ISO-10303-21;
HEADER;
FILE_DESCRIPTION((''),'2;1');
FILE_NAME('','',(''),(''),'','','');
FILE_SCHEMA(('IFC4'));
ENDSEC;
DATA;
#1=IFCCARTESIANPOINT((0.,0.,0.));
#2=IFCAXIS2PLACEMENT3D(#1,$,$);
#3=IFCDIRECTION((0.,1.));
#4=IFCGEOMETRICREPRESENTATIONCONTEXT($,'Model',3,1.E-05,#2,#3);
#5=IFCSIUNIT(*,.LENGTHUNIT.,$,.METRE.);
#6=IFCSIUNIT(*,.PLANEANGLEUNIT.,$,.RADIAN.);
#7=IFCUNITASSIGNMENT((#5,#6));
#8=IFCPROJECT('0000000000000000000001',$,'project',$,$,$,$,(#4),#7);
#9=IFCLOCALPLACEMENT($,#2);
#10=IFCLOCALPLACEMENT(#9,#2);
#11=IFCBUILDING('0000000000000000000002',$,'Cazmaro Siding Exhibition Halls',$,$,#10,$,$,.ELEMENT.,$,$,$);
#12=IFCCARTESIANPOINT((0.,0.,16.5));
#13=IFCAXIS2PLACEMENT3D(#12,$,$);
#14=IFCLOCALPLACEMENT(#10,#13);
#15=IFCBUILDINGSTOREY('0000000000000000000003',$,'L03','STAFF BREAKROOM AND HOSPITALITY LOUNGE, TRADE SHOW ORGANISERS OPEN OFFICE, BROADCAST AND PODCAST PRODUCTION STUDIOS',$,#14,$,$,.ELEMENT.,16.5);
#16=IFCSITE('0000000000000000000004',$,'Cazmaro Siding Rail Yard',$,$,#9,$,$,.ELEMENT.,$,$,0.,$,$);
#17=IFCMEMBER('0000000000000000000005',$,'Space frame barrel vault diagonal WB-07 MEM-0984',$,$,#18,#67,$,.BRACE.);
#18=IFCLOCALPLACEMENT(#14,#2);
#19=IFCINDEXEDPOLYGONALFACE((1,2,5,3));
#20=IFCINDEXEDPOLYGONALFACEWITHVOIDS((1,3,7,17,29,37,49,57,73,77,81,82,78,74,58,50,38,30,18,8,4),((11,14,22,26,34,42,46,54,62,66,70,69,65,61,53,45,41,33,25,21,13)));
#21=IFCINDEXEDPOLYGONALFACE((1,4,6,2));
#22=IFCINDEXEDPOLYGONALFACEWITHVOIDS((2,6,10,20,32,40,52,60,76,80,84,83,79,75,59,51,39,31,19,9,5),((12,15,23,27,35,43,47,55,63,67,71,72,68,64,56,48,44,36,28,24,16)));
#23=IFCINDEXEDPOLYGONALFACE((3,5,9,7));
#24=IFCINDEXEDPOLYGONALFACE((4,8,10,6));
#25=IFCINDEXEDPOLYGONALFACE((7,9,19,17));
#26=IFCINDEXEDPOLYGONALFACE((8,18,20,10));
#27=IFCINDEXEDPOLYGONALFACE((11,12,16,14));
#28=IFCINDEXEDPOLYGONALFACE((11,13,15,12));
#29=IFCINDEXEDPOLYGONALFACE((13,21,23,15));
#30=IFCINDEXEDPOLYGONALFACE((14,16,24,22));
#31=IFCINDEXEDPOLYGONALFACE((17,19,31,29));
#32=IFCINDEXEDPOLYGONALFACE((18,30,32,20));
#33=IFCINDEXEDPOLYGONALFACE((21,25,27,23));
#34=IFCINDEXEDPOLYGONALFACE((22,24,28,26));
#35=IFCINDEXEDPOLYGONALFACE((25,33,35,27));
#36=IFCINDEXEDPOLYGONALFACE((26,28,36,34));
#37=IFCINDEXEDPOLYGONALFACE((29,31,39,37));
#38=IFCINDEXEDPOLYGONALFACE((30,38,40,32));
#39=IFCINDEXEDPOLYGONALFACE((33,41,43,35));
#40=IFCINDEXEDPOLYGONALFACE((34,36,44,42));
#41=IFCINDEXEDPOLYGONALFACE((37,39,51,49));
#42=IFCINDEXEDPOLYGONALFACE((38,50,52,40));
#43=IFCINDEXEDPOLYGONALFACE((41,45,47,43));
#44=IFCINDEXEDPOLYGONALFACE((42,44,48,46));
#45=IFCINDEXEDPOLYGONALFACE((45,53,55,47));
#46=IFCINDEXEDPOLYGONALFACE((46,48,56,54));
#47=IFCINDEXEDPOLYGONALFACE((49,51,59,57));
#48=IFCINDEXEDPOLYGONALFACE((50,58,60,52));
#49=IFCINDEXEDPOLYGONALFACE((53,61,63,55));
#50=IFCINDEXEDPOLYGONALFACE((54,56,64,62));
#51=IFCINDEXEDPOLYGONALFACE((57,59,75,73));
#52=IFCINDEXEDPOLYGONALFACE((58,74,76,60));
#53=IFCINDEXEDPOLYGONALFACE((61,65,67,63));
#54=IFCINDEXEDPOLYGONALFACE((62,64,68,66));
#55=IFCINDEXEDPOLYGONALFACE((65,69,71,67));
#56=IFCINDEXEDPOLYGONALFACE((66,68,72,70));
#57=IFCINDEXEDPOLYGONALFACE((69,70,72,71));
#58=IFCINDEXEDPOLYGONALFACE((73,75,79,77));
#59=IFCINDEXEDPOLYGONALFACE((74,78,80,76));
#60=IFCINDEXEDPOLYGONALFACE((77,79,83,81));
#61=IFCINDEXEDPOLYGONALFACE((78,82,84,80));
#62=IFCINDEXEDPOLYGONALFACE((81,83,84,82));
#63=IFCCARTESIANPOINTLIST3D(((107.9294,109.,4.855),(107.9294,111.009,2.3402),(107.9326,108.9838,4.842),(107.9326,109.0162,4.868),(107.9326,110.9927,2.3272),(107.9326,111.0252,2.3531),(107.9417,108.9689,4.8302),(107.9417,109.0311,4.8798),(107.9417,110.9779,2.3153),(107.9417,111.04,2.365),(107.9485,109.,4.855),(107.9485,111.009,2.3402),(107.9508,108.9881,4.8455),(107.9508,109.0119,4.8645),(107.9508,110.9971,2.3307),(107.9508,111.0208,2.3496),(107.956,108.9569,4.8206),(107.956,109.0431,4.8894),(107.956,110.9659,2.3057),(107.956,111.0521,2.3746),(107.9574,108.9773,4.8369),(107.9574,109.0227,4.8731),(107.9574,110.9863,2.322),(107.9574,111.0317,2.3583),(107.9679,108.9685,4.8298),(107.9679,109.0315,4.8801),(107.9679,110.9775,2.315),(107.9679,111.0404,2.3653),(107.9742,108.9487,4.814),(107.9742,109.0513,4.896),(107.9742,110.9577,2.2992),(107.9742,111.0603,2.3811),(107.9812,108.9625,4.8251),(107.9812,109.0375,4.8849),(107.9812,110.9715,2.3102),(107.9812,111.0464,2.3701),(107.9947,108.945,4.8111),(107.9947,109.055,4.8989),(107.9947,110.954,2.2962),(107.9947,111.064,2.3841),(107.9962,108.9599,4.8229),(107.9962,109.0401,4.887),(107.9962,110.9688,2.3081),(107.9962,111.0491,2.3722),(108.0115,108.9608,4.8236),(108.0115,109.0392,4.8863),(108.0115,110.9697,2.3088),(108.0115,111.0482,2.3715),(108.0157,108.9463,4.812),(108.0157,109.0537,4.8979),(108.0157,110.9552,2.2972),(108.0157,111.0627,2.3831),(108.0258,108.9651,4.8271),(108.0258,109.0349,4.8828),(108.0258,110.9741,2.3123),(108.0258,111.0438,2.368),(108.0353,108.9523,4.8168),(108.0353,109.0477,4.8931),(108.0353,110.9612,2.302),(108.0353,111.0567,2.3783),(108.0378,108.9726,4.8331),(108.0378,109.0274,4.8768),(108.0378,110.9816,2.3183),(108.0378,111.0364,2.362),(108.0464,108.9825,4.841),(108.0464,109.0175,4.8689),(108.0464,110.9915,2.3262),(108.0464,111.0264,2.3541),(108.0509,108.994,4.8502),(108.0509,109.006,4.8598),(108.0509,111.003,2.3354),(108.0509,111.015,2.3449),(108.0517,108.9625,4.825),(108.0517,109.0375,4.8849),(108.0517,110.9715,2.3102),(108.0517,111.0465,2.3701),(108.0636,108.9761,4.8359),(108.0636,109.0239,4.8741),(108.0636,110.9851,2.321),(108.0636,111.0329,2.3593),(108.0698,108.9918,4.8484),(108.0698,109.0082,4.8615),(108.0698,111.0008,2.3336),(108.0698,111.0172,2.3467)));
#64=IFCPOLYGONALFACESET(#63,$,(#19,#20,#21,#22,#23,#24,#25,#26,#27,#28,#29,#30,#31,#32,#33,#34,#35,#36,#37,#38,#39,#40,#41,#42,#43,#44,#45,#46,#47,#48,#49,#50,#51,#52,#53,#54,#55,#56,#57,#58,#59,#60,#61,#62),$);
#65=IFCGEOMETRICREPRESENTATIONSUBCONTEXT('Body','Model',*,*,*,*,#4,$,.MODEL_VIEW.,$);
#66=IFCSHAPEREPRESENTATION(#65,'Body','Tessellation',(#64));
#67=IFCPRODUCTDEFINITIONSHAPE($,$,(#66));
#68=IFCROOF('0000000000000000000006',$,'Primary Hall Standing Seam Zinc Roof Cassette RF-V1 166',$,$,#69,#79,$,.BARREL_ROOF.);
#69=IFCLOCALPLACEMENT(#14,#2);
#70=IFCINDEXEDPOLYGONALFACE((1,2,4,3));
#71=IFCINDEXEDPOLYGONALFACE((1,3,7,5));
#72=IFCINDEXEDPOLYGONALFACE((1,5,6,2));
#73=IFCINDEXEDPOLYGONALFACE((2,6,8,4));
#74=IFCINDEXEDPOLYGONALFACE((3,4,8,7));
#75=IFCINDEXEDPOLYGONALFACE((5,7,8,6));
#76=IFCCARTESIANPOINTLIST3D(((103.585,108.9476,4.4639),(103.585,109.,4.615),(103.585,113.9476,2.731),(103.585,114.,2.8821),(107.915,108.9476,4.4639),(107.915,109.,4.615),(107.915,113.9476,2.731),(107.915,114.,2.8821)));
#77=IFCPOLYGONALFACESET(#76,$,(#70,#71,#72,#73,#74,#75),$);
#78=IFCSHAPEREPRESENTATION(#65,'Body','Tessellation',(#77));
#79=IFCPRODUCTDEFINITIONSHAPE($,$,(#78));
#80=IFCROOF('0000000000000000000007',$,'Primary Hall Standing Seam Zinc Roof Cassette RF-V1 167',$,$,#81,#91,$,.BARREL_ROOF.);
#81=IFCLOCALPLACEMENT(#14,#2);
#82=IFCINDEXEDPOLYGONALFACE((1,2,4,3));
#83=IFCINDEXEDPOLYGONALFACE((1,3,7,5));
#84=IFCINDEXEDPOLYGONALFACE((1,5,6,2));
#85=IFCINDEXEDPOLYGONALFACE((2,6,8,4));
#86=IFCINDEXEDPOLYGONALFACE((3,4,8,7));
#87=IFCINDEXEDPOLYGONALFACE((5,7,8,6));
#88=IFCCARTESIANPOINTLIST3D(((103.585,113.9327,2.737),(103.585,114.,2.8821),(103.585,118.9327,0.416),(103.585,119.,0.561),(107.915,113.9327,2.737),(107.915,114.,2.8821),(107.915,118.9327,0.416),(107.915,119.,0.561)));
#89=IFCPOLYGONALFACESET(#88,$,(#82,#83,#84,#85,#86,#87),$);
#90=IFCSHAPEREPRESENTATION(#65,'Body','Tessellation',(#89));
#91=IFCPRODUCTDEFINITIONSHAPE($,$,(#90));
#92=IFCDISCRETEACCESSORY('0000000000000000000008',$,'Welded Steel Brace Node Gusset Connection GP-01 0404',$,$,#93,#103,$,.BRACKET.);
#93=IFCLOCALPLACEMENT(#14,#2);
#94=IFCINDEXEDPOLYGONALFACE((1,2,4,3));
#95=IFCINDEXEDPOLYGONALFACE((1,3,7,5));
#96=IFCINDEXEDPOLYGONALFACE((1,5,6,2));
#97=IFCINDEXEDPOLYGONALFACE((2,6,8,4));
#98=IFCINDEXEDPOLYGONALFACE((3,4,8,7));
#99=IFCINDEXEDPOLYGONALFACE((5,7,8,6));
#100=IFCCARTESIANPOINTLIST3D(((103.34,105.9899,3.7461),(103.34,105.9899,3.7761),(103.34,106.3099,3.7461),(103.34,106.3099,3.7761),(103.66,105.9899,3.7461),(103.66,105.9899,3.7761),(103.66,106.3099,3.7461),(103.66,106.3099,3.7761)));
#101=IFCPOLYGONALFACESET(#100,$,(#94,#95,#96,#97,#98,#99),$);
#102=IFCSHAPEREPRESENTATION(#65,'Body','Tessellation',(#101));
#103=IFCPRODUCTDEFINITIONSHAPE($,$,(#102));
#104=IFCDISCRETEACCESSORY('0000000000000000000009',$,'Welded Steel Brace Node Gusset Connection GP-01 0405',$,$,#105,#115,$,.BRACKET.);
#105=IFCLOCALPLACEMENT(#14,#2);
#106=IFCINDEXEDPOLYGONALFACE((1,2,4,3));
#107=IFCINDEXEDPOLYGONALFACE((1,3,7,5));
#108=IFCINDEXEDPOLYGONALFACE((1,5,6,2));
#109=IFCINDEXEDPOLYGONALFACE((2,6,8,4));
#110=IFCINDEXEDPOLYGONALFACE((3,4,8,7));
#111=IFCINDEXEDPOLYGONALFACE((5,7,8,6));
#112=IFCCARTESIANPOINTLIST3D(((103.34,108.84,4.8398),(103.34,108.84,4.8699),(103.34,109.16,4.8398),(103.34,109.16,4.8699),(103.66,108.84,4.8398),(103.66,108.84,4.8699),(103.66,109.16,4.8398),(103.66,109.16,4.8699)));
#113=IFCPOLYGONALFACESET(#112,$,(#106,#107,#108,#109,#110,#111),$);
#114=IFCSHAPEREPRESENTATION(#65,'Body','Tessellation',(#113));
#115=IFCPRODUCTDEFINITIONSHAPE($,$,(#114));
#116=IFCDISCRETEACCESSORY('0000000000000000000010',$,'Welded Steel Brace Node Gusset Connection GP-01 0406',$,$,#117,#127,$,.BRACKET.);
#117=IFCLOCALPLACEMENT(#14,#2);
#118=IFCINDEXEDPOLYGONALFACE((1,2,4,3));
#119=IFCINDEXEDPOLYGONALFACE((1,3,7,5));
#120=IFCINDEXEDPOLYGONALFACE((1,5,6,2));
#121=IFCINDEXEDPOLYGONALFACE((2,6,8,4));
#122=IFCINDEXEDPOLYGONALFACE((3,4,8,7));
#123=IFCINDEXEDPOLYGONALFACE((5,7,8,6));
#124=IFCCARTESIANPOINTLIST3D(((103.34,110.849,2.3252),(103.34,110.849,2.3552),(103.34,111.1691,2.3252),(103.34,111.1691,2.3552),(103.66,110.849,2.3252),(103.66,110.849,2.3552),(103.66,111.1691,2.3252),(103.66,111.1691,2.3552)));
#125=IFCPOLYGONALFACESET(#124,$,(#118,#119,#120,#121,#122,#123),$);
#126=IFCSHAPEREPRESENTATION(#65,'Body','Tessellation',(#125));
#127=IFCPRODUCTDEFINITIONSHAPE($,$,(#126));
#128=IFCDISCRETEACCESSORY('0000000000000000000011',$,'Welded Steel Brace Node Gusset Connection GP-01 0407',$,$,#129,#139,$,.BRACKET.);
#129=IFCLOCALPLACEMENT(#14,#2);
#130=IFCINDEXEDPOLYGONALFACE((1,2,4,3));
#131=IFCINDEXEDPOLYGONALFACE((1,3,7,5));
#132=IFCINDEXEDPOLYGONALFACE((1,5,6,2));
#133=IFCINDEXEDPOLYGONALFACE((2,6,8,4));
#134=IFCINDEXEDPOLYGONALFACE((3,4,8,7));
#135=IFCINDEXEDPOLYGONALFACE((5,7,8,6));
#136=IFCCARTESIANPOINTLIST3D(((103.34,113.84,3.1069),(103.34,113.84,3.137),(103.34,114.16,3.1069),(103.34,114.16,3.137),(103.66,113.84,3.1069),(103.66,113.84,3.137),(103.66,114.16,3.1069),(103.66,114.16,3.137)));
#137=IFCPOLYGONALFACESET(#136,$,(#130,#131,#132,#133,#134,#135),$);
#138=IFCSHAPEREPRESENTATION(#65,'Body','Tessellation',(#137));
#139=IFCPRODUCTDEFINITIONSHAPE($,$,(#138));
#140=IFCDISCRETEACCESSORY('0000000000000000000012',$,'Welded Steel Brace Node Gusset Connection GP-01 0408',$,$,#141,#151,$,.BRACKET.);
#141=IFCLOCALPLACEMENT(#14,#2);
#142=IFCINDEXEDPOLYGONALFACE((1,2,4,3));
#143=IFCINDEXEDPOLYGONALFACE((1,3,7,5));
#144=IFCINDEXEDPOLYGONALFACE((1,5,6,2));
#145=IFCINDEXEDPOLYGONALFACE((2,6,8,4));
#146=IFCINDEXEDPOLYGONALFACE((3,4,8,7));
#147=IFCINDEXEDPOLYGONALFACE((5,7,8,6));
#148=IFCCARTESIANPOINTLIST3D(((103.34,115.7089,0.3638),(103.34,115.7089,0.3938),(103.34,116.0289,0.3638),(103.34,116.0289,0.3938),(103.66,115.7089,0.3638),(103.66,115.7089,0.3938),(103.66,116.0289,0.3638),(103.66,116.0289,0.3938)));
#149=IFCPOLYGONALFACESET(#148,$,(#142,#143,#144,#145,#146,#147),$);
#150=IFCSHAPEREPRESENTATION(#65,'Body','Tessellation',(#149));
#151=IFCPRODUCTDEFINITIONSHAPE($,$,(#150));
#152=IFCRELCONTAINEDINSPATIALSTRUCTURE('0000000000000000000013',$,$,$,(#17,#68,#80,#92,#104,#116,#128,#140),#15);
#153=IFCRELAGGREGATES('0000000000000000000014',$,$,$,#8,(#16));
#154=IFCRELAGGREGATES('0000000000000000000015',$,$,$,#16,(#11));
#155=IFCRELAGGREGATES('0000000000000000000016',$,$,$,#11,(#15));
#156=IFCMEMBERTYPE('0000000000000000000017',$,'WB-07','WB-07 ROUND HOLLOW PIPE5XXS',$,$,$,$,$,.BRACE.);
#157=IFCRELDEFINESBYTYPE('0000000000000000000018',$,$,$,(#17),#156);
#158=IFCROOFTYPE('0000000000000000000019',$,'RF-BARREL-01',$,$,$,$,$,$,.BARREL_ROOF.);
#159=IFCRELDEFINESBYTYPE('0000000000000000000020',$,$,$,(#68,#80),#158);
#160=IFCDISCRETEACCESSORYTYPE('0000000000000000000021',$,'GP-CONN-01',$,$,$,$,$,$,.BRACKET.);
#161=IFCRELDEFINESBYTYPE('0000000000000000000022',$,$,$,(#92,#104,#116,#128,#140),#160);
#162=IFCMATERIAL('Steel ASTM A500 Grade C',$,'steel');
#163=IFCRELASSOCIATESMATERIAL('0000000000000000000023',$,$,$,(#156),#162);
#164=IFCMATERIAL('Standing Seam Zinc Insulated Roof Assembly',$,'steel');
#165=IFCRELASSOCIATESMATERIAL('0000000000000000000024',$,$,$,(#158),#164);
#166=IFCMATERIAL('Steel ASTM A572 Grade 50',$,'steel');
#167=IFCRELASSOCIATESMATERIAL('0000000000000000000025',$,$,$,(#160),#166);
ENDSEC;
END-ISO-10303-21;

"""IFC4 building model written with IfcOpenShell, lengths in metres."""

from ifc_helpers import new_model, si_unit, direction, frame, origin, origin_2d, place, context, subcontext, project, spatial, polyline, rectangle, hollow_circle, outline, extrude, material, material_profile, profile_set, type_object, element, save


model = new_model("IFC4")

# Units and contexts
model_context = context("Model", 3, precision=1e-05, world=origin(), true_north=direction((0.0, 1.0)))
body_context = subcontext(model_context, "Body", "Model", "MODEL_VIEW")
ifc_project = project(units=[si_unit("LENGTHUNIT", "METRE"), si_unit("PLANEANGLEUNIT", "RADIAN")], contexts=[model_context])

# Site, building, storey
site_placement = place(None, origin())
site = spatial("IfcSite", under=ifc_project, at=site_placement, Name="Cazmaro Siding Rail Yard", CompositionType="ELEMENT", RefElevation=0.0)
building_placement = place(site_placement, origin())
building = spatial("IfcBuilding", under=site, at=building_placement, Name="Cazmaro Siding Exhibition Halls", CompositionType="ELEMENT")
storey_placement = place(building_placement, frame((0.0, 0.0, 16.5)))
storey = spatial("IfcBuildingStorey", under=building, at=storey_placement, Name="L03", Description="STAFF BREAKROOM AND HOSPITALITY LOUNGE, TRADE SHOW ORGANISERS OPEN OFFICE, BROADCAST AND PODCAST PRODUCTION STUDIOS", CompositionType="ELEMENT", Elevation=16.5)

# Member
ifc_material_1 = material(Name="Steel ASTM A500 Grade C", Category="steel")
ifc_material_profile_1 = material_profile(ifc_material_1, hollow_circle(Radius=0.0706, WallThickness=0.019, at=origin_2d()), Name="PIPE5XXS")
ifc_profile_set_1 = profile_set([ifc_material_profile_1], Name="Steel ASTM A500 Grade C")
member_type_1 = type_object("IfcMemberType", Name="WB-07", Description="WB-07 ROUND HOLLOW PIPE5XXS", PredefinedType="BRACE", material=ifc_profile_set_1)
member_1_placement = place(storey_placement, frame((108.0, 109.0, 4.855), z_axis=(0.0, 0.624149, -0.781305), x_axis=(-1.0, 0.0, 0.0)))
element("IfcMember", 1, at=member_1_placement, inside=storey, type_object=member_type_1, Name="Space frame barrel vault diagonal WB-07 MEM-0984", PredefinedType="BRACE", context=body_context, shape_type="SweptSolid", body=[
    extrude(hollow_circle(Radius=0.0706, WallThickness=0.019, at=origin_2d()), origin(), (0.0, 0.0, 1.0), 3.2188),
])

# Roofs
ifc_material_2 = material(Name="Standing Seam Zinc Insulated Roof Assembly", Category="steel")
roof_type = type_object("IfcRoofType", Name="RF-BARREL-01", PredefinedType="BARREL_ROOF", material=ifc_material_2)
roof_1_placement = place(storey_placement, frame((103.585, 109.0, 4.615), z_axis=(0.0, 0.327472, 0.944861), x_axis=(1.0, 0.0, 0.0)))
element("IfcRoof", 2, at=roof_1_placement, inside=storey, type_object=roof_type, Name="Primary Hall Standing Seam Zinc Roof Cassette RF-V1 166", PredefinedType="BARREL_ROOF", context=body_context, shape_type="SweptSolid", body=[
    extrude(outline(polyline([(0.0, 0.0), (4.3301, 0.0), (4.3301, 5.2918), (0.0, 5.2918), (0.0, 0.0)])), origin(), (0.0, 0.0, -1.0), 0.1599),
])
roof_2_placement = place(storey_placement, frame((103.585, 114.0, 2.8821), z_axis=(0.0, 0.421054, 0.907036), x_axis=(1.0, 0.0, 0.0)))
element("IfcRoof", 3, at=roof_2_placement, inside=storey, type_object=roof_type, Name="Primary Hall Standing Seam Zinc Roof Cassette RF-V1 167", PredefinedType="BARREL_ROOF", context=body_context, shape_type="SweptSolid", body=[
    extrude(outline(polyline([(0.0, 0.0), (4.3301, 0.0), (4.3301, 5.5125), (0.0, 5.5125), (0.0, 0.0)])), origin(), (0.0, 0.0, -1.0), 0.1599),
])

# Discrete accessories
ifc_material_3 = material(Name="Steel ASTM A572 Grade 50", Category="steel")
discrete_accessory_type = type_object("IfcDiscreteAccessoryType", Name="GP-CONN-01", PredefinedType="BRACKET", material=ifc_material_3)
for number, where, z_axis, x_axis, name in (
    (4, (103.5, 106.1499, 3.7461), (0.0, 0.0, 1.0), (1.0, 0.0, 0.0), "Welded Steel Brace Node Gusset Connection GP-01 0404"),
    (5, (103.5, 109.0, 4.8398), (0.0, 0.0, 1.0), (1.0, 0.0, 0.0), "Welded Steel Brace Node Gusset Connection GP-01 0405"),
    (6, (103.5, 111.009, 2.3252), (0.0, 0.0, 1.0), (1.0, 0.0, 0.0), "Welded Steel Brace Node Gusset Connection GP-01 0406"),
    (7, (103.5, 114.0, 3.1069), (0.0, 0.0, 1.0), (1.0, 0.0, 0.0), "Welded Steel Brace Node Gusset Connection GP-01 0407"),
    (8, (103.5, 115.8689, 0.3638), (0.0, 0.0, 1.0), (1.0, 0.0, 0.0), "Welded Steel Brace Node Gusset Connection GP-01 0408"),
):
    element("IfcDiscreteAccessory", number, at=place(storey_placement, frame(where, z_axis=z_axis, x_axis=x_axis)), inside=storey, type_object=discrete_accessory_type, Name=name, PredefinedType="BRACKET", context=body_context, shape_type="SweptSolid", body=[
        extrude(rectangle(XDim=0.3201, YDim=0.3201, at=origin_2d()), origin(), (0.0, 0.0, 1.0), 0.03),
    ])

save(model, "model.ifc")
